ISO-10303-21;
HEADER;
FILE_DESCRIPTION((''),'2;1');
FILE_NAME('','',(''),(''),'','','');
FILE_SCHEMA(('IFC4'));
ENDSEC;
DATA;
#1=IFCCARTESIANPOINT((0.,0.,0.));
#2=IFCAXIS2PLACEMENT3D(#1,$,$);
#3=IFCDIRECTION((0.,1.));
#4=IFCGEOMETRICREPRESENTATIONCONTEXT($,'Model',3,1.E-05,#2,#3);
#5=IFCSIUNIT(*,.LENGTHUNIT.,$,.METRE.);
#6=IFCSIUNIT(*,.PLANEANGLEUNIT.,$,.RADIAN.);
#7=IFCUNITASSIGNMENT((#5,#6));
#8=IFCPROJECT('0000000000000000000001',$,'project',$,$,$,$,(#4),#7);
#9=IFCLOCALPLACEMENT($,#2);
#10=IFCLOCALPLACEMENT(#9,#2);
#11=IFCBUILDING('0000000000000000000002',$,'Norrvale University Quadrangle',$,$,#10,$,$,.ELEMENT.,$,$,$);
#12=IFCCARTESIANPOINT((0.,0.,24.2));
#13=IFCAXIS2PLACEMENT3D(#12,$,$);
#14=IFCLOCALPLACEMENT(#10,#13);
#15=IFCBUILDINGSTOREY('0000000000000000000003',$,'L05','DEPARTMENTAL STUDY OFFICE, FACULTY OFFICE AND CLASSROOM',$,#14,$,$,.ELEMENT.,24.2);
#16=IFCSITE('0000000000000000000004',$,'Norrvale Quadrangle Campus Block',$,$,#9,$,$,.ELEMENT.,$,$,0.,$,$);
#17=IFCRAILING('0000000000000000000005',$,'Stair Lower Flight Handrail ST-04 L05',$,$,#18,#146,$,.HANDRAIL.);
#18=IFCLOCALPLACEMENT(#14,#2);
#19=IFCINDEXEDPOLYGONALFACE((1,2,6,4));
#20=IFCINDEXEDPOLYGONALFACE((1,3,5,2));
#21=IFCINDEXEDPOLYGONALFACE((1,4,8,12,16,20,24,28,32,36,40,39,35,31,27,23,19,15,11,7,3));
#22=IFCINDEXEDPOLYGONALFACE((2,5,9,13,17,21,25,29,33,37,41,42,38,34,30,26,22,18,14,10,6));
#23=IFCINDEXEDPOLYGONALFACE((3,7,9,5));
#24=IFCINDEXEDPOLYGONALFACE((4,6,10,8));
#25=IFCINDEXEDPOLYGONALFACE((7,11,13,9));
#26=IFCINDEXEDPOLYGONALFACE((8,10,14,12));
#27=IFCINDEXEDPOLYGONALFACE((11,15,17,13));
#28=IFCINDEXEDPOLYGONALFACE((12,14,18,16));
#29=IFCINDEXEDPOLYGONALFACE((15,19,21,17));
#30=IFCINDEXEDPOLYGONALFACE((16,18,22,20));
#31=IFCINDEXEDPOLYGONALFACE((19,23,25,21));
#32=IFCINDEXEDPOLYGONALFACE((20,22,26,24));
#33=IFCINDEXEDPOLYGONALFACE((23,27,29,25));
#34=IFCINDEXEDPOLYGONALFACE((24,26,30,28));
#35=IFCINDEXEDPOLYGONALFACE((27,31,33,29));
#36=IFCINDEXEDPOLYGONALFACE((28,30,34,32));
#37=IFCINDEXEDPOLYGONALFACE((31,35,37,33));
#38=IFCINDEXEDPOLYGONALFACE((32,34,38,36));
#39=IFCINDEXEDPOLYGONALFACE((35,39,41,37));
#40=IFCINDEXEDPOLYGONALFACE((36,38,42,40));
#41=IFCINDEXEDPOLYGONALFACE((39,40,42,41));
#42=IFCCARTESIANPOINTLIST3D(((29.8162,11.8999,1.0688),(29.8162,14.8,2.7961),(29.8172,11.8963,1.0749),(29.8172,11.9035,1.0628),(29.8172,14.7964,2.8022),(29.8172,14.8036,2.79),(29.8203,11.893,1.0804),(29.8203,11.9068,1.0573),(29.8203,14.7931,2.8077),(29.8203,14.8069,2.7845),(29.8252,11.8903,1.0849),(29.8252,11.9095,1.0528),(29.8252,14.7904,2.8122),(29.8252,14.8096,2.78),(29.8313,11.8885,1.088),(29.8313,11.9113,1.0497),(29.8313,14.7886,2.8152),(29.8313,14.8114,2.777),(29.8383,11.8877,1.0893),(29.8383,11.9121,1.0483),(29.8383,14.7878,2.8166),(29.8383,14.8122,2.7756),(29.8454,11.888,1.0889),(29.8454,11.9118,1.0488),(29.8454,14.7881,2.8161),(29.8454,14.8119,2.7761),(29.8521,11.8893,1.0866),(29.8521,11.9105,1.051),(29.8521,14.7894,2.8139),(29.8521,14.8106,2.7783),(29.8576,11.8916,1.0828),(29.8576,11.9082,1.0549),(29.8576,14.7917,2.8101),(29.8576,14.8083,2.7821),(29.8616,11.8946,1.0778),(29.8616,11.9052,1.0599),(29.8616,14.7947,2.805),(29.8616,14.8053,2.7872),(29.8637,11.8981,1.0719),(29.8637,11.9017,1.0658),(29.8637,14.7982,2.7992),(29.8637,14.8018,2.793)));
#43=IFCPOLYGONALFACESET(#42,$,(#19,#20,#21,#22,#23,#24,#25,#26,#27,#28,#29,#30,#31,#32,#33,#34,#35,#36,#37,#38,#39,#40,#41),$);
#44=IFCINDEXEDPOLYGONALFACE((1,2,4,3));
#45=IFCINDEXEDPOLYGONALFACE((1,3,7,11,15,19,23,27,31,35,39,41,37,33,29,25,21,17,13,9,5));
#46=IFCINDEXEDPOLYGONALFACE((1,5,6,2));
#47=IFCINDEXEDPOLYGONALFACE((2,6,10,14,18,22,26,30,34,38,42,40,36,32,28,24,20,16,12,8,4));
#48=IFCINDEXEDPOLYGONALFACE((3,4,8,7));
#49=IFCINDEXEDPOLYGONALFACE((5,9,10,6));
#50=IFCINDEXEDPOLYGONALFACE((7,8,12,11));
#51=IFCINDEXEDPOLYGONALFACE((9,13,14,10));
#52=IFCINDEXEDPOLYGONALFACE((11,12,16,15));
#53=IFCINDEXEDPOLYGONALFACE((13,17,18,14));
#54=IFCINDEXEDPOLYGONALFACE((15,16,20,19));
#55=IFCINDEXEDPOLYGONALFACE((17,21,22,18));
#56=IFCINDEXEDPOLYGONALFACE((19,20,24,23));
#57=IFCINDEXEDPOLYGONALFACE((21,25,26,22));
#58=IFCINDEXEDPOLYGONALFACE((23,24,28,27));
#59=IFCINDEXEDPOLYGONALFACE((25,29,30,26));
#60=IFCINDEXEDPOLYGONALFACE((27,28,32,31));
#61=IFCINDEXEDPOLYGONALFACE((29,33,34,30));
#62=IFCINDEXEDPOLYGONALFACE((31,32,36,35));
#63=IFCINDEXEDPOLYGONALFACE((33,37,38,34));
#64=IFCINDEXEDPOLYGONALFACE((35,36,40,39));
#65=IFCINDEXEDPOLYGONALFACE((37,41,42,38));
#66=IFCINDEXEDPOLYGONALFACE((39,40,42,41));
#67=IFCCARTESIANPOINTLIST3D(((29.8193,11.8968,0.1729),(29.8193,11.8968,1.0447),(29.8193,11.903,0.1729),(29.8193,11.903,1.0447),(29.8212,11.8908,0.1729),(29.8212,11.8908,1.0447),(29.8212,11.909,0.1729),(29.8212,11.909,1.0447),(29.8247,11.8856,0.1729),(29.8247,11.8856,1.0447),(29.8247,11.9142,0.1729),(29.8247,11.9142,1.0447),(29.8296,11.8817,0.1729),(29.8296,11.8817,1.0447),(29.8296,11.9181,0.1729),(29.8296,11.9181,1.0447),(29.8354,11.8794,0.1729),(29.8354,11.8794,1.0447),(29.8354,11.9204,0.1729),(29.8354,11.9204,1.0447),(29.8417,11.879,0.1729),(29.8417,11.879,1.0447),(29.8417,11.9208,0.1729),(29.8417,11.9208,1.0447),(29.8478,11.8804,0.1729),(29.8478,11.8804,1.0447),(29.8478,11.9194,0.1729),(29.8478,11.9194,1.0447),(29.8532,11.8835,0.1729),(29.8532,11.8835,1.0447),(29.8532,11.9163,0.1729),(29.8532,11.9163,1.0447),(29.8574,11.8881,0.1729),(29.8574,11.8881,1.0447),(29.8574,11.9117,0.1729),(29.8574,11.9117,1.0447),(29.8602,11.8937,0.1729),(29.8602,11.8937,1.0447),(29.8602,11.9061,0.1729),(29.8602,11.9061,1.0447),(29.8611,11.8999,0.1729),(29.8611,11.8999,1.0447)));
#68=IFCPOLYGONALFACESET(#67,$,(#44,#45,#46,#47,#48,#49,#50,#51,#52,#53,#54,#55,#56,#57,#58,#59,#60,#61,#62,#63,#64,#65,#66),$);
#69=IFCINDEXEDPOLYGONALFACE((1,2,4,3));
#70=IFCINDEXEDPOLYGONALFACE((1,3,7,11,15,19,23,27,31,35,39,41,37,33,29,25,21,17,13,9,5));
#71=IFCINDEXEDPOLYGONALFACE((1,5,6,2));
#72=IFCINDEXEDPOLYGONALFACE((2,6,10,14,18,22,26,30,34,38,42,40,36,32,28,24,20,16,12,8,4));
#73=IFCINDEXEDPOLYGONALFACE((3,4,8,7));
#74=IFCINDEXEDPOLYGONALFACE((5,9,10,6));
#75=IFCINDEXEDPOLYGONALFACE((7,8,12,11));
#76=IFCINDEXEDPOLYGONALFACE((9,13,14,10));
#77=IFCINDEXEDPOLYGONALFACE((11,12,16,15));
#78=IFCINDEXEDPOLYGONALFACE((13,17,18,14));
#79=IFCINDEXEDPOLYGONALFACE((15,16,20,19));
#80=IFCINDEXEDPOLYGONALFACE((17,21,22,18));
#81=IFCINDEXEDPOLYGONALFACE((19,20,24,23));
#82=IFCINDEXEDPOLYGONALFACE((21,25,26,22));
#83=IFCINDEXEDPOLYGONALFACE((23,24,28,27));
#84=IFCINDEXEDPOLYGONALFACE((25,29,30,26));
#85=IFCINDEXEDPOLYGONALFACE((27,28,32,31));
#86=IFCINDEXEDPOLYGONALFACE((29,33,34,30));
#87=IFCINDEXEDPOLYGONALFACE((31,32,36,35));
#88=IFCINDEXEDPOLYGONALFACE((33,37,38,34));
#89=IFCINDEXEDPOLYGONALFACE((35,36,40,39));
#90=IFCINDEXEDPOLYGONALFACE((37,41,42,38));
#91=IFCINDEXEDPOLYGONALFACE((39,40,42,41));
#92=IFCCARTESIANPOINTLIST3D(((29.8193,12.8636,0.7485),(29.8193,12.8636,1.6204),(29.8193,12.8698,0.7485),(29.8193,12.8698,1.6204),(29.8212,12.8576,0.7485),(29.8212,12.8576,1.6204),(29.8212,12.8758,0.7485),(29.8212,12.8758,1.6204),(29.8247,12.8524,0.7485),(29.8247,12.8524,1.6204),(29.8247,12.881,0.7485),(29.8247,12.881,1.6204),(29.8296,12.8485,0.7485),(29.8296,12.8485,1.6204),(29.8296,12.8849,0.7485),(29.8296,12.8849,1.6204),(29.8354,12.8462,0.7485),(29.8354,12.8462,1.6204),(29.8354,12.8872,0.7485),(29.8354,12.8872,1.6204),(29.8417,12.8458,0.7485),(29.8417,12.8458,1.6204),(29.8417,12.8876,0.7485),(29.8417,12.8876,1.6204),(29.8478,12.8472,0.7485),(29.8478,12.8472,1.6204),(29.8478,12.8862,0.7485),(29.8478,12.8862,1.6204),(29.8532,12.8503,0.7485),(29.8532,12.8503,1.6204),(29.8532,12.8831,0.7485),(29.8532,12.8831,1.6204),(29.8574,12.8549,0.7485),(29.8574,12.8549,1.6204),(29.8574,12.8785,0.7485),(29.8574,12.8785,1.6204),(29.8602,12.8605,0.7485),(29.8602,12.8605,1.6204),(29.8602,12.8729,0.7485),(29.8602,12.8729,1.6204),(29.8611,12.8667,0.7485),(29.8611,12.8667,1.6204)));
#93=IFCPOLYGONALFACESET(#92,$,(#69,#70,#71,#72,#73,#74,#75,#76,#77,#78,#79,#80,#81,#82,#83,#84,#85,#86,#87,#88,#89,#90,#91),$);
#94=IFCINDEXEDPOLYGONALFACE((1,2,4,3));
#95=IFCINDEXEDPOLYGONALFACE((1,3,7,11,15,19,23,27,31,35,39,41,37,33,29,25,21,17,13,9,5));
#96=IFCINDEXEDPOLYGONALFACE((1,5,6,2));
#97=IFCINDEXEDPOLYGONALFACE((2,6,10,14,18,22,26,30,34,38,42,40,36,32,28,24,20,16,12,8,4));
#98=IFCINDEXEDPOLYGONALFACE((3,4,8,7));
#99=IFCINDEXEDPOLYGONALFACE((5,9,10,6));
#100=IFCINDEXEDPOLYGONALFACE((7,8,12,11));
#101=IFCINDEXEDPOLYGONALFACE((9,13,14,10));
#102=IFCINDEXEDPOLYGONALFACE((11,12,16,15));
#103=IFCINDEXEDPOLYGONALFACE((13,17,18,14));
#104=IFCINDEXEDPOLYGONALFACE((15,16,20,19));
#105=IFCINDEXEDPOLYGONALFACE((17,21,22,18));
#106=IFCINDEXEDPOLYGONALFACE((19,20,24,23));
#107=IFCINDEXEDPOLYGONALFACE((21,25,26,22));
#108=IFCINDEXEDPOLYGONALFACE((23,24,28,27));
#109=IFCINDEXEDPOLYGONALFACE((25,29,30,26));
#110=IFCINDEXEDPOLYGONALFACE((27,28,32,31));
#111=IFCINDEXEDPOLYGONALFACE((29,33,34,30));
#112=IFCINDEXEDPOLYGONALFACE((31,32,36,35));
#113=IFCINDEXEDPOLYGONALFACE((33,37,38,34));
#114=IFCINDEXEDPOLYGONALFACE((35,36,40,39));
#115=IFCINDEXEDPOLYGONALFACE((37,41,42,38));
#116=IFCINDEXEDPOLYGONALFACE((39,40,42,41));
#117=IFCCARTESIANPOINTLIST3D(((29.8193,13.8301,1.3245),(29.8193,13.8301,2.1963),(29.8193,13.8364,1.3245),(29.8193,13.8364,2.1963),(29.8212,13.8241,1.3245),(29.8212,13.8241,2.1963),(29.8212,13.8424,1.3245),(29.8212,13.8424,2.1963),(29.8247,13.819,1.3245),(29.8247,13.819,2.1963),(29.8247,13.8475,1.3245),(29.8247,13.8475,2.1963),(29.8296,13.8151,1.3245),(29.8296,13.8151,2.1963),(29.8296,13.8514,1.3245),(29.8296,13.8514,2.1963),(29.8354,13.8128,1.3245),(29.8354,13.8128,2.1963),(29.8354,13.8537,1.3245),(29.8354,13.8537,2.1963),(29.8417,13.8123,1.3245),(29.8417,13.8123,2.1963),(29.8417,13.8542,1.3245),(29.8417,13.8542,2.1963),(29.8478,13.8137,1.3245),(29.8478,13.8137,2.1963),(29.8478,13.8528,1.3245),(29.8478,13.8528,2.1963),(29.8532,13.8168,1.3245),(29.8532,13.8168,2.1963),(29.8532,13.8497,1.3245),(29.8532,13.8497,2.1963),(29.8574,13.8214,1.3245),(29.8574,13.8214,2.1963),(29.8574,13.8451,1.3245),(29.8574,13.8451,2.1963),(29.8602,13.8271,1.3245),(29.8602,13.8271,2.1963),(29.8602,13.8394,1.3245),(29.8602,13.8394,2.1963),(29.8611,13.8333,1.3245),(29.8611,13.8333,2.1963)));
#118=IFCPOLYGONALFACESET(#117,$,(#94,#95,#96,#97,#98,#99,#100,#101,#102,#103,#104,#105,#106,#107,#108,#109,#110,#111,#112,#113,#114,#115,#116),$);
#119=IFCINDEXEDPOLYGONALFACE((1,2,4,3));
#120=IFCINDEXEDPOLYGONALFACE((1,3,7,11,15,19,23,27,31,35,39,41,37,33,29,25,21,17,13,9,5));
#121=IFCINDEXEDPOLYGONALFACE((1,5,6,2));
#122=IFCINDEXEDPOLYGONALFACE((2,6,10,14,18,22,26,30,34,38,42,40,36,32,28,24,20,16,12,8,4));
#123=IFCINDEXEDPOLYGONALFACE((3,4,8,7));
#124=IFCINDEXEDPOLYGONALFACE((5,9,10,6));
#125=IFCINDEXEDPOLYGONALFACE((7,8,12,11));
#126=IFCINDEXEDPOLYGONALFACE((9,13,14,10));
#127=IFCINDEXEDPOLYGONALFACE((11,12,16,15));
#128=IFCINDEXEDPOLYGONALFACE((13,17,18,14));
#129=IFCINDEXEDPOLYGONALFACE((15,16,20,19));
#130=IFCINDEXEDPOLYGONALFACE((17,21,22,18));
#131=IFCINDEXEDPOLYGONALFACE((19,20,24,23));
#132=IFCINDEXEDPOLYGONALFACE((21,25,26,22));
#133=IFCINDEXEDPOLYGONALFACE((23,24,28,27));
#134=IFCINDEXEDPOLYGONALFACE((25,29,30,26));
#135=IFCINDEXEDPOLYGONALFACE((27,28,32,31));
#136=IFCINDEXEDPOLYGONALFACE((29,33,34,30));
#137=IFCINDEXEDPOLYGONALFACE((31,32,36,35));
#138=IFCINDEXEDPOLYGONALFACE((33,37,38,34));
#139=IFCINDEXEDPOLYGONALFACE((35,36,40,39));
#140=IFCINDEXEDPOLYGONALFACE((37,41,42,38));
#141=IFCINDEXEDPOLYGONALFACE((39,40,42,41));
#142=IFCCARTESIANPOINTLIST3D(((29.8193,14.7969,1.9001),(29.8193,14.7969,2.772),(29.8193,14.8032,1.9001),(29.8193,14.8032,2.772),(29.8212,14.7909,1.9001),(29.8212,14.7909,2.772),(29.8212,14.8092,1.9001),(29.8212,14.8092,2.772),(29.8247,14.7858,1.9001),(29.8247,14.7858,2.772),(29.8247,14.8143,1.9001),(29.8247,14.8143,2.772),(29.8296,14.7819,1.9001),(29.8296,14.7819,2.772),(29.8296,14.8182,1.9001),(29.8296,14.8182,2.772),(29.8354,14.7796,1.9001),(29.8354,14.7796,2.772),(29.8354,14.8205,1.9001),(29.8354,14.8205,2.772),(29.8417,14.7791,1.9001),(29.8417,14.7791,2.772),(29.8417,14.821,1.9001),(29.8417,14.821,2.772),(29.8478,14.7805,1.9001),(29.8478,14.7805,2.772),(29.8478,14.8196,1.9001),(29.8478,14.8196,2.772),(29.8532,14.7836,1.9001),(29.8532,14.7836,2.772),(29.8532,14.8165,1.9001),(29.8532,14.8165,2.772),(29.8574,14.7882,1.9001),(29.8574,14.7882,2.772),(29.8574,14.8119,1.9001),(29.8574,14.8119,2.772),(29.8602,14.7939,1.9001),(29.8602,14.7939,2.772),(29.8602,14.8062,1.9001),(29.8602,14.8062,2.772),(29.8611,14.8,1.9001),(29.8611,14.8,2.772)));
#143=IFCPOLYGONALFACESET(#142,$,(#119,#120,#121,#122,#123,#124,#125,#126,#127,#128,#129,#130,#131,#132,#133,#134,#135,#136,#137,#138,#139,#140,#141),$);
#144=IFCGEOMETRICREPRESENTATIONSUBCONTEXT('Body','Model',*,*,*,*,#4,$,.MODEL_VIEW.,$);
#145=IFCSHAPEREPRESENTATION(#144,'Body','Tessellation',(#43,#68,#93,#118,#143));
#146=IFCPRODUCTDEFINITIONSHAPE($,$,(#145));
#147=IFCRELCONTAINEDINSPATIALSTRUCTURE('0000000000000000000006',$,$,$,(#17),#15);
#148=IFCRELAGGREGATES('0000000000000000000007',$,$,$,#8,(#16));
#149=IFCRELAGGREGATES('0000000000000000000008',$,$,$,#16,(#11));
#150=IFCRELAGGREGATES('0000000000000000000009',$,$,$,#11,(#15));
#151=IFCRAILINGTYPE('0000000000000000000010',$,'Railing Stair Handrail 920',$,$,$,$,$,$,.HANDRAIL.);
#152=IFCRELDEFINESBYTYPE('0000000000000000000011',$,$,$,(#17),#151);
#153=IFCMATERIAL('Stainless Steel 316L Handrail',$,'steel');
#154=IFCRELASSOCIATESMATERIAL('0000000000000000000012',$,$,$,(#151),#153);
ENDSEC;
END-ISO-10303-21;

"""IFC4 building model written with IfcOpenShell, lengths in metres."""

from ifc_helpers import new_model, si_unit, direction, frame, origin, origin_2d, place, context, subcontext, project, spatial, circle, extrude, material, type_object, element, save


model = new_model("IFC4")

# Units and contexts
model_context = context("Model", 3, precision=1e-05, world=origin(), true_north=direction((0.0, 1.0)))
body_context = subcontext(model_context, "Body", "Model", "MODEL_VIEW")
ifc_project = project(units=[si_unit("LENGTHUNIT", "METRE"), si_unit("PLANEANGLEUNIT", "RADIAN")], contexts=[model_context])

# Site, building, storey
site_placement = place(None, origin())
site = spatial("IfcSite", under=ifc_project, at=site_placement, Name="Norrvale Quadrangle Campus Block", CompositionType="ELEMENT", RefElevation=0.0)
building_placement = place(site_placement, origin())
building = spatial("IfcBuilding", under=site, at=building_placement, Name="Norrvale University Quadrangle", CompositionType="ELEMENT")
storey_placement = place(building_placement, frame((0.0, 0.0, 24.2)))
storey = spatial("IfcBuildingStorey", under=building, at=storey_placement, Name="L05", Description="DEPARTMENTAL STUDY OFFICE, FACULTY OFFICE AND CLASSROOM", CompositionType="ELEMENT", Elevation=24.2)

# Railing
ifc_material_1 = material(Name="Stainless Steel 316L Handrail", Category="steel")
railing_type_1 = type_object("IfcRailingType", Name="Railing Stair Handrail 920", PredefinedType="HANDRAIL", material=ifc_material_1)
railing_1_placement = place(storey_placement, frame((29.8401, 11.8999, 0.1729)))
element("IfcRailing", 1, at=railing_1_placement, inside=storey, type_object=railing_type_1, Name="Stair Lower Flight Handrail ST-04 L05", PredefinedType="HANDRAIL", context=body_context, shape_type="SweptSolid", body=[
    extrude(circle(Radius=0.0239, at=origin_2d()), frame((0.0, 0.0, 0.896), z_axis=(0.0, 0.85916, 0.511706), x_axis=(-1.0, 0.0, 0.0)), (0.0, 0.0, 1.0), 3.3755),
    extrude(circle(Radius=0.021, at=origin_2d()), origin(), (0.0, 0.0, 1.0), 0.8718),
    extrude(circle(Radius=0.021, at=origin_2d()), frame((0.0, 0.9668, 0.5757)), (0.0, 0.0, 1.0), 0.8718),
    extrude(circle(Radius=0.021, at=origin_2d()), frame((0.0, 1.9333, 1.1516)), (0.0, 0.0, 1.0), 0.8718),
    extrude(circle(Radius=0.021, at=origin_2d()), frame((0.0, 2.9001, 1.7273)), (0.0, 0.0, 1.0), 0.8718),
])

save(model, "model.ifc")
